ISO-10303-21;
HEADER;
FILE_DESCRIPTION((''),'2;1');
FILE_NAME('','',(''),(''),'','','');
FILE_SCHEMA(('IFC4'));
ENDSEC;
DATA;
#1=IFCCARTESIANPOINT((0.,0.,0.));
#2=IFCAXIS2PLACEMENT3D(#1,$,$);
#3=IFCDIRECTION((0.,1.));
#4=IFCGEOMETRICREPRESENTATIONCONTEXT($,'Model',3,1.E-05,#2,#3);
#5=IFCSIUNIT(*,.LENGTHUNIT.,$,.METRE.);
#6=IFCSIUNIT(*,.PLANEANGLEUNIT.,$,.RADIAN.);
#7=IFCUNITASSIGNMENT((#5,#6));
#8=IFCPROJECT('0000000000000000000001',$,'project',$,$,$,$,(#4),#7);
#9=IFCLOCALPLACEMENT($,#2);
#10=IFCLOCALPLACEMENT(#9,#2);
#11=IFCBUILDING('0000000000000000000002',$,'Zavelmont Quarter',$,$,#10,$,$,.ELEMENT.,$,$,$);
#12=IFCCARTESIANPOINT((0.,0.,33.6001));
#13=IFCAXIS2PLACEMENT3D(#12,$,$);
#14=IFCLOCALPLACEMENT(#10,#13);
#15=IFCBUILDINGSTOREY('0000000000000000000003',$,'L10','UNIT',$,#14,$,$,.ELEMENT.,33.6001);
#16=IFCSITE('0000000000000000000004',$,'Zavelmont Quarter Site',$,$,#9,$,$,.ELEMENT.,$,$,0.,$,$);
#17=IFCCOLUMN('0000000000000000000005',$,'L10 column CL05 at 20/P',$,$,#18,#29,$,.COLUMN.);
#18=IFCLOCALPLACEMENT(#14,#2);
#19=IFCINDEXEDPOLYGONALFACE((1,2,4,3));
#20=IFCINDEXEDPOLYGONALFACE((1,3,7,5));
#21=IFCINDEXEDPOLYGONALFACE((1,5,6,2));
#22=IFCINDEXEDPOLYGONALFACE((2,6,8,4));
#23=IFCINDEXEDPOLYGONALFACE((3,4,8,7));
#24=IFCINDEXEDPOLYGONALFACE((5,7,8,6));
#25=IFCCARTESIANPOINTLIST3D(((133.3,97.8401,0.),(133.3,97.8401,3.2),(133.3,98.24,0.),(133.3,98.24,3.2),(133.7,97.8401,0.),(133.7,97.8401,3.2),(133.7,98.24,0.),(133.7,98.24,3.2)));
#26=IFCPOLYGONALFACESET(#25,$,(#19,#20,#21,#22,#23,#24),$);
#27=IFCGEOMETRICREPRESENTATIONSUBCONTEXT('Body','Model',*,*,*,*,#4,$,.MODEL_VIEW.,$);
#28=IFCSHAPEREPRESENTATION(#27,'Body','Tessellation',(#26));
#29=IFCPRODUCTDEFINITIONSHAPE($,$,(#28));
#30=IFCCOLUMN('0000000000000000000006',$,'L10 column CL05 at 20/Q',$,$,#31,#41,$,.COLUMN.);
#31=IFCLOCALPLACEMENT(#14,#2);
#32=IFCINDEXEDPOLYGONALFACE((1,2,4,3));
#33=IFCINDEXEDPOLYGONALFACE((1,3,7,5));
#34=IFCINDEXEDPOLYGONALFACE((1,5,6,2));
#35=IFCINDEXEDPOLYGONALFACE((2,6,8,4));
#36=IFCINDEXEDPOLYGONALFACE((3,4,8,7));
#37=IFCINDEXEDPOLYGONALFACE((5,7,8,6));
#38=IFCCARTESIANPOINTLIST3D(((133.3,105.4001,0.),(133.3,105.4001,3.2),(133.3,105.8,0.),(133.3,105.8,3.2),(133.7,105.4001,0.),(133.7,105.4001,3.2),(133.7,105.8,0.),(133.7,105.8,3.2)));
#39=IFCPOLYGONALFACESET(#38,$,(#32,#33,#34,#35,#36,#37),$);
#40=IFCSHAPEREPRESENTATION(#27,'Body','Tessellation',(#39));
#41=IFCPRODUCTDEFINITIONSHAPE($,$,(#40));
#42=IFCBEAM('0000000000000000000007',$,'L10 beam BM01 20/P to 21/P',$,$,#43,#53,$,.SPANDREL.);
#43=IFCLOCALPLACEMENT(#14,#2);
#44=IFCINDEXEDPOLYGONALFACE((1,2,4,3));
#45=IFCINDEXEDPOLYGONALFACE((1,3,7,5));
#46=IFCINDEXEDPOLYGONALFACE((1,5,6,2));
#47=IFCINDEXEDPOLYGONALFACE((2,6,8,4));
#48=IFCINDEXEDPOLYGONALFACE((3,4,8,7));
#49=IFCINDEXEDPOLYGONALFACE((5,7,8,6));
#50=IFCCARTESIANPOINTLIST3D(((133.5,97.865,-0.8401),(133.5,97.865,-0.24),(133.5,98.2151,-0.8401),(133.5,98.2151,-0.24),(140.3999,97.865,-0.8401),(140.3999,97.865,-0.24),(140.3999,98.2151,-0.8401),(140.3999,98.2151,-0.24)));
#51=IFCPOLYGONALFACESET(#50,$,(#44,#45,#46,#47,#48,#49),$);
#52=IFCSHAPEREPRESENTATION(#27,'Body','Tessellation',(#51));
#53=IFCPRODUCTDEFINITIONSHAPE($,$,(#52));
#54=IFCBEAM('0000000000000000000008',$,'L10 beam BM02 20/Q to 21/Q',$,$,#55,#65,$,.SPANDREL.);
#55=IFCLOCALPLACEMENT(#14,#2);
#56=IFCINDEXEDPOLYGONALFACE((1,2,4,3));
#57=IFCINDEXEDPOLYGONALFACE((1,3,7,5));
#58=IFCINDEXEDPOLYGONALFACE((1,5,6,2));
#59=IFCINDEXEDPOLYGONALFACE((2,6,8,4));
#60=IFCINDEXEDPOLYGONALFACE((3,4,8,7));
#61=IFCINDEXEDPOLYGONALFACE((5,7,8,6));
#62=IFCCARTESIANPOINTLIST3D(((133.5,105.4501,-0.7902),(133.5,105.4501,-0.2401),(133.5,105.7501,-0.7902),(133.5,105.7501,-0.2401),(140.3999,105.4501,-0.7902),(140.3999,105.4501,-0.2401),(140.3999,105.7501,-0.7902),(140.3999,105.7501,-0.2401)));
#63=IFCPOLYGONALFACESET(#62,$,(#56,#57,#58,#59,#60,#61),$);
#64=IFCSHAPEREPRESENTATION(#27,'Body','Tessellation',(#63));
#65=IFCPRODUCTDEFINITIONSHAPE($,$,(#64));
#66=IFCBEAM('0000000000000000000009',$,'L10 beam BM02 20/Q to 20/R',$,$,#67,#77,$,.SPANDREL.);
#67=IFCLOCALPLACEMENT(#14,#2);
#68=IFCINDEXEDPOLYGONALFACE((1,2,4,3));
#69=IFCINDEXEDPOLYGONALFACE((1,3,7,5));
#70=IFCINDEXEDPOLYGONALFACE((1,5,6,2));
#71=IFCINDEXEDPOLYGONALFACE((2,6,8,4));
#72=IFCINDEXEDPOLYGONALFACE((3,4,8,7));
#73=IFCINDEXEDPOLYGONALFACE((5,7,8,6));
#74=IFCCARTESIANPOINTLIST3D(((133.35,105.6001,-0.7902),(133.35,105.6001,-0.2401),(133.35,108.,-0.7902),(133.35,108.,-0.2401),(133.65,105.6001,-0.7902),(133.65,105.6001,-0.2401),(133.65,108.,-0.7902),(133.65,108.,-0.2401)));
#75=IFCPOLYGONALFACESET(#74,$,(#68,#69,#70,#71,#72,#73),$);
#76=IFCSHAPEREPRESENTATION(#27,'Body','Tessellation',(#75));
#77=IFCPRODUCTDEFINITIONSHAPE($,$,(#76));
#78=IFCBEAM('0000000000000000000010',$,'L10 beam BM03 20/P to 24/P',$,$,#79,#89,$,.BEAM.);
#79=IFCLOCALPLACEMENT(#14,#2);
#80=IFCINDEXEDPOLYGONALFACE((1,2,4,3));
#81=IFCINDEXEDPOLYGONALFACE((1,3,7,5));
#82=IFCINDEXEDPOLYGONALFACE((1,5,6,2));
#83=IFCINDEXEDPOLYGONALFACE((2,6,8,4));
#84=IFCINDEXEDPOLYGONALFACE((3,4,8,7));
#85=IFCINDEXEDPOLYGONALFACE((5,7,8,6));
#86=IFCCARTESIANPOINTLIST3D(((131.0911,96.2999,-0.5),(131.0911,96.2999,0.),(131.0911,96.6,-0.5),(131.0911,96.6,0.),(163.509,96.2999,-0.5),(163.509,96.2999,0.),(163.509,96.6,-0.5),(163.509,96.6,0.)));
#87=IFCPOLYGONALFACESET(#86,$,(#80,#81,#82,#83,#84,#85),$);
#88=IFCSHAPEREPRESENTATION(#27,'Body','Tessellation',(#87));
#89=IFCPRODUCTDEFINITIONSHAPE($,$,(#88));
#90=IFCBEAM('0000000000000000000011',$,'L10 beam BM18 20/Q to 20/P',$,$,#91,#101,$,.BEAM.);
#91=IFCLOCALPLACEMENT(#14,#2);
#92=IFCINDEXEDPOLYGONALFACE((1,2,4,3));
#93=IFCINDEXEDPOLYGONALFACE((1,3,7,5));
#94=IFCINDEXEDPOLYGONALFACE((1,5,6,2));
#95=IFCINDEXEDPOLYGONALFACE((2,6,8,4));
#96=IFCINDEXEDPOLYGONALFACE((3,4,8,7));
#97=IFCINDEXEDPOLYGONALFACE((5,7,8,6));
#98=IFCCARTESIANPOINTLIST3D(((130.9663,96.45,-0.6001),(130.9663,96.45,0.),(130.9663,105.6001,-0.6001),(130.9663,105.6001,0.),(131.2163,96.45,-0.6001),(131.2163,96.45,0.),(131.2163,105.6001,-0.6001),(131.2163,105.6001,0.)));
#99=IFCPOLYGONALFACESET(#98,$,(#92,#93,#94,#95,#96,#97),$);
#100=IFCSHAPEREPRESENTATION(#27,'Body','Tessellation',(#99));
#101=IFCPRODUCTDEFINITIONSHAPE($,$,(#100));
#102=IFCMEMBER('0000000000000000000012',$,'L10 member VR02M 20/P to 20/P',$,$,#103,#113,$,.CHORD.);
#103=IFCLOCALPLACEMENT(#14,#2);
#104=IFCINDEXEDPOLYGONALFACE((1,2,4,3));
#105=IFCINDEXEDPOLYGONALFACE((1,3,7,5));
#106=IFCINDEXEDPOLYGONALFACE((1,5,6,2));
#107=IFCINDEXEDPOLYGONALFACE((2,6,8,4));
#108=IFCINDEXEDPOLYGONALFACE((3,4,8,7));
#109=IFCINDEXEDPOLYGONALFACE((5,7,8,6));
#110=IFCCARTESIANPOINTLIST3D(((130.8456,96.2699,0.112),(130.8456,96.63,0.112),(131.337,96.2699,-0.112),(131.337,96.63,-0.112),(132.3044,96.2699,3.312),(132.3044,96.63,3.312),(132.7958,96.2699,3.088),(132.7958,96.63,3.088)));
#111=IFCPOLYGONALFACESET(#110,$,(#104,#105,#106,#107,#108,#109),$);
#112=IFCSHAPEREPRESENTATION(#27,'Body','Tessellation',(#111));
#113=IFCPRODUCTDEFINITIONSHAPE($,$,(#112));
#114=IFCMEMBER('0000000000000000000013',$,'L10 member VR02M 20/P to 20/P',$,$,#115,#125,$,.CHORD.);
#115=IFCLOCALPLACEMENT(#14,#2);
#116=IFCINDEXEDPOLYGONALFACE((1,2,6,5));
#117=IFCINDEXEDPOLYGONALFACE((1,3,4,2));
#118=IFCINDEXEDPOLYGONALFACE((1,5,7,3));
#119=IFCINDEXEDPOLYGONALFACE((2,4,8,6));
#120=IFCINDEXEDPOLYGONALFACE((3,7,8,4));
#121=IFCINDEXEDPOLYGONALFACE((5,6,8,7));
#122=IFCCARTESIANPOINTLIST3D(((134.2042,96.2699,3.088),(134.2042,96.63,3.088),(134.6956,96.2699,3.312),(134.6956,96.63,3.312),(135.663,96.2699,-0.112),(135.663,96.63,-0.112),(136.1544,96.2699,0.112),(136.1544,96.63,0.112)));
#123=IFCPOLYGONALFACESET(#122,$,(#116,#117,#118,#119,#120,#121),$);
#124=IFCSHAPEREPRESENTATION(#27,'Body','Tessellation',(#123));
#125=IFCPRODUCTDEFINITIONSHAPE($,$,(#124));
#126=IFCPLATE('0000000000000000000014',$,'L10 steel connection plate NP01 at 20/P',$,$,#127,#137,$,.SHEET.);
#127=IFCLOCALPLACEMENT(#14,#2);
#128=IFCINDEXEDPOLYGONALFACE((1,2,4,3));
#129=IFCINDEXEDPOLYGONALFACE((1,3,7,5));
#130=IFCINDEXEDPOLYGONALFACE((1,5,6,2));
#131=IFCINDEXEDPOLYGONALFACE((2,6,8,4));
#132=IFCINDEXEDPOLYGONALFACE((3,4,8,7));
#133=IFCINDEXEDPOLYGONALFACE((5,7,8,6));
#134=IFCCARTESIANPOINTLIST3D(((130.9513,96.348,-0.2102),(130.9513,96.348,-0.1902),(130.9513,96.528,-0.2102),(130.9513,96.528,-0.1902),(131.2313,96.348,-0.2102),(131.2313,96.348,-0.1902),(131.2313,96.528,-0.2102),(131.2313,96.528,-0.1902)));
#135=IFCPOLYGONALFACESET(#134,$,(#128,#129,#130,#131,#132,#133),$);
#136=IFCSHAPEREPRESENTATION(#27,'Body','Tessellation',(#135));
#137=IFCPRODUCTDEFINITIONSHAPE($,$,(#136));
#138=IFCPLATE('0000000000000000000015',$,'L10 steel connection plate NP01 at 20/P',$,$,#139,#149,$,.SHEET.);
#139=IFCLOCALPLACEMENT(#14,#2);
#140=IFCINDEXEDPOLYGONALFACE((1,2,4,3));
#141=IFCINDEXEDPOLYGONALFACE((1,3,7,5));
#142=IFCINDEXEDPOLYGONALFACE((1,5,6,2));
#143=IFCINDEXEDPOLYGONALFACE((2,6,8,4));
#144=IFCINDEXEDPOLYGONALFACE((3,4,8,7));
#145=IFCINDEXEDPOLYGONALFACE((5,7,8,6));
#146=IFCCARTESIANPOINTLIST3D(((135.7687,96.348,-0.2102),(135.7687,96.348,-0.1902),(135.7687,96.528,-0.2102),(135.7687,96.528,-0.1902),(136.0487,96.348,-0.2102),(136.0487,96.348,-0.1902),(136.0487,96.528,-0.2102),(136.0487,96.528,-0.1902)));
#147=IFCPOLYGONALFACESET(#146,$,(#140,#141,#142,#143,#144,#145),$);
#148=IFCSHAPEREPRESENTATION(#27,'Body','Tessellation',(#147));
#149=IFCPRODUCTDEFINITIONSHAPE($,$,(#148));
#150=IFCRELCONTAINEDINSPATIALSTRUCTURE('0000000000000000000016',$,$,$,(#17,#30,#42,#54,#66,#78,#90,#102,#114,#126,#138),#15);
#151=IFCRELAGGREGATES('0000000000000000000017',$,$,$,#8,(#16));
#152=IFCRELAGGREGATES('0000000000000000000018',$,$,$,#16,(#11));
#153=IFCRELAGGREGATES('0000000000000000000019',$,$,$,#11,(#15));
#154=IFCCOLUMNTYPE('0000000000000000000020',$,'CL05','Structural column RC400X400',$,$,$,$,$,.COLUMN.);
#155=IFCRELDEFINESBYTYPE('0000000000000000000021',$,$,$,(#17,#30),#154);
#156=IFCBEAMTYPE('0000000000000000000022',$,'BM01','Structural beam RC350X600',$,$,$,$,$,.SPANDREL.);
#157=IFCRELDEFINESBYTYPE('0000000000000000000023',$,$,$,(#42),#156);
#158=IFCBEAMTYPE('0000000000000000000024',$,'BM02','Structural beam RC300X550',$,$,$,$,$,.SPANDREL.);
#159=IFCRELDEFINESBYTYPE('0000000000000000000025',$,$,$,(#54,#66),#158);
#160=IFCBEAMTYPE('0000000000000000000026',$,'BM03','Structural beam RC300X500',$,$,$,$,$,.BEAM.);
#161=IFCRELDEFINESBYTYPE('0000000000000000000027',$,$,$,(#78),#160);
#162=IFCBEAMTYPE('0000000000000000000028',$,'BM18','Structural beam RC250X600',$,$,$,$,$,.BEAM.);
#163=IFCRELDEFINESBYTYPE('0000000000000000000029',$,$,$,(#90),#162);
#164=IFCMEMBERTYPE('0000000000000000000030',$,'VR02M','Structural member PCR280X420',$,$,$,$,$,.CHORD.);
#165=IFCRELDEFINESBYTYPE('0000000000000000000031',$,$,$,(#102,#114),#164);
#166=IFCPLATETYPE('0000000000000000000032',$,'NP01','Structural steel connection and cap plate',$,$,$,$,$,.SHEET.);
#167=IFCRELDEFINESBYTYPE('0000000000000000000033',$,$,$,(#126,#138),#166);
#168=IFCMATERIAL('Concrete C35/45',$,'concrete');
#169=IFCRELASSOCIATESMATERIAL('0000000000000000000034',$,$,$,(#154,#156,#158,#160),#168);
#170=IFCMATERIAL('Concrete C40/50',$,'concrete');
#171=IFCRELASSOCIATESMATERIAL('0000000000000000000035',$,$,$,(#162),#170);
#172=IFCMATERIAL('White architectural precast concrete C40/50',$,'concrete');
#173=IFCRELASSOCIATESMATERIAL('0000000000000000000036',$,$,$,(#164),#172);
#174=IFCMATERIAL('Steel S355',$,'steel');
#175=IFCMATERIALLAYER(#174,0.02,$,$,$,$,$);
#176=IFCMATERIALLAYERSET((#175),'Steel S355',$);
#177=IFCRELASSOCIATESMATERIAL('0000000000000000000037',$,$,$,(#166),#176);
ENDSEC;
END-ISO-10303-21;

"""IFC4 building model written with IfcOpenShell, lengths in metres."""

from ifc_helpers import new_model, si_unit, direction, frame, origin, origin_2d, place, context, subcontext, project, spatial, rectangle, extrude, material, layer, layer_set, material_profile, profile_set, type_object, element, save


model = new_model("IFC4")

# Units and contexts
model_context = context("Model", 3, precision=1e-05, world=origin(), true_north=direction((0.0, 1.0)))
body_context = subcontext(model_context, "Body", "Model", "MODEL_VIEW")
ifc_project = project(units=[si_unit("LENGTHUNIT", "METRE"), si_unit("PLANEANGLEUNIT", "RADIAN")], contexts=[model_context])

# Site, building, storey
site_placement = place(None, origin())
site = spatial("IfcSite", under=ifc_project, at=site_placement, Name="Zavelmont Quarter Site", CompositionType="ELEMENT", RefElevation=0.0)
building_placement = place(site_placement, origin())
building = spatial("IfcBuilding", under=site, at=building_placement, Name="Zavelmont Quarter", CompositionType="ELEMENT")
storey_placement = place(building_placement, frame((0.0, 0.0, 33.6001)))
storey = spatial("IfcBuildingStorey", under=building, at=storey_placement, Name="L10", Description="UNIT", CompositionType="ELEMENT", Elevation=33.6001)

# Columns
ifc_material_1 = material(Name="Concrete C35/45", Category="concrete")
ifc_material_profile_1 = material_profile(ifc_material_1, rectangle(XDim=0.3999, YDim=0.3999, at=origin_2d()), Name="RC400X400")
ifc_profile_set_1 = profile_set([ifc_material_profile_1], Name="Concrete C35/45")
column_type = type_object("IfcColumnType", Name="CL05", Description="Structural column RC400X400", PredefinedType="COLUMN", material=ifc_profile_set_1)
for number, where, z_axis, x_axis, name in (
    (1, (133.5, 98.04, 0.0), (0.0, 0.0, 1.0), (1.0, 0.0, 0.0), "L10 column CL05 at 20/P"),
    (2, (133.5, 105.6001, 0.0), (0.0, 0.0, 1.0), (1.0, 0.0, 0.0), "L10 column CL05 at 20/Q"),
):
    element("IfcColumn", number, at=place(storey_placement, frame(where, z_axis=z_axis, x_axis=x_axis)), inside=storey, type_object=column_type, Name=name, PredefinedType="COLUMN", context=body_context, shape_type="SweptSolid", body=[
        extrude(rectangle(XDim=0.3999, YDim=0.3999, at=origin_2d()), origin(), (0.0, 0.0, 1.0), 3.2),
    ])

# Beams
ifc_material_profile_2 = material_profile(ifc_material_1, rectangle(XDim=0.3501, YDim=0.6001, at=origin_2d()), Name="RC350X600")
ifc_profile_set_2 = profile_set([ifc_material_profile_2], Name="Concrete C35/45")
beam_type_1 = type_object("IfcBeamType", Name="BM01", Description="Structural beam RC350X600", PredefinedType="SPANDREL", material=ifc_profile_set_2)
beam_1_placement = place(storey_placement, frame((133.5, 98.04, -0.54), z_axis=(1.0, 0.0, 0.0), x_axis=(0.0, 1.0, 0.0)))
element("IfcBeam", 3, at=beam_1_placement, inside=storey, type_object=beam_type_1, Name="L10 beam BM01 20/P to 21/P", PredefinedType="SPANDREL", context=body_context, shape_type="SweptSolid", body=[
    extrude(rectangle(XDim=0.3501, YDim=0.6001, at=origin_2d()), origin(), (0.0, 0.0, 1.0), 6.8999),
])
ifc_material_profile_3 = material_profile(ifc_material_1, rectangle(XDim=0.3, YDim=0.55, at=origin_2d()), Name="RC300X550")
ifc_profile_set_3 = profile_set([ifc_material_profile_3], Name="Concrete C35/45")
beam_type_2 = type_object("IfcBeamType", Name="BM02", Description="Structural beam RC300X550", PredefinedType="SPANDREL", material=ifc_profile_set_3)
beam_2_placement = place(storey_placement, frame((133.5, 105.6001, -0.5151), z_axis=(1.0, 0.0, 0.0), x_axis=(0.0, 1.0, 0.0)))
element("IfcBeam", 4, at=beam_2_placement, inside=storey, type_object=beam_type_2, Name="L10 beam BM02 20/Q to 21/Q", PredefinedType="SPANDREL", context=body_context, shape_type="SweptSolid", body=[
    extrude(rectangle(XDim=0.3, YDim=0.55, at=origin_2d()), origin(), (0.0, 0.0, 1.0), 6.8999),
])
beam_3_placement = place(storey_placement, frame((133.5, 105.6001, -0.5151), z_axis=(0.0, 1.0, 0.0), x_axis=(-1.0, 0.0, 0.0)))
element("IfcBeam", 5, at=beam_3_placement, inside=storey, type_object=beam_type_2, Name="L10 beam BM02 20/Q to 20/R", PredefinedType="SPANDREL", context=body_context, shape_type="SweptSolid", body=[
    extrude(rectangle(XDim=0.3, YDim=0.55, at=origin_2d()), origin(), (0.0, 0.0, 1.0), 2.3999),
])
ifc_material_profile_4 = material_profile(ifc_material_1, rectangle(XDim=0.3, YDim=0.5, at=origin_2d()), Name="RC300X500")
ifc_profile_set_4 = profile_set([ifc_material_profile_4], Name="Concrete C35/45")
beam_type_3 = type_object("IfcBeamType", Name="BM03", Description="Structural beam RC300X500", PredefinedType="BEAM", material=ifc_profile_set_4)
beam_4_placement = place(storey_placement, frame((131.0911, 96.45, -0.25), z_axis=(1.0, 0.0, 0.0), x_axis=(0.0, 1.0, 0.0)))
element("IfcBeam", 6, at=beam_4_placement, inside=storey, type_object=beam_type_3, Name="L10 beam BM03 20/P to 24/P", PredefinedType="BEAM", context=body_context, shape_type="SweptSolid", body=[
    extrude(rectangle(XDim=0.3, YDim=0.5, at=origin_2d()), origin(), (0.0, 0.0, 1.0), 32.418),
])
ifc_material_2 = material(Name="Concrete C40/50", Category="concrete")
ifc_material_profile_5 = material_profile(ifc_material_2, rectangle(XDim=0.25, YDim=0.6001, at=origin_2d()), Name="RC250X600")
ifc_profile_set_5 = profile_set([ifc_material_profile_5], Name="Concrete C40/50")
beam_type_4 = type_object("IfcBeamType", Name="BM18", Description="Structural beam RC250X600", PredefinedType="BEAM", material=ifc_profile_set_5)
beam_5_placement = place(storey_placement, frame((131.0913, 105.6001, -0.3), z_axis=(0.0, -1.0, 0.0), x_axis=(1.0, 0.0, 0.0)))
element("IfcBeam", 7, at=beam_5_placement, inside=storey, type_object=beam_type_4, Name="L10 beam BM18 20/Q to 20/P", PredefinedType="BEAM", context=body_context, shape_type="SweptSolid", body=[
    extrude(rectangle(XDim=0.25, YDim=0.6001, at=origin_2d()), origin(), (0.0, 0.0, 1.0), 9.1501),
])

# Members
ifc_material_3 = material(Name="White architectural precast concrete C40/50", Category="concrete")
ifc_material_profile_6 = material_profile(ifc_material_3, rectangle(XDim=0.3601, YDim=0.54, at=origin_2d()), Name="PCR280X420")
ifc_profile_set_6 = profile_set([ifc_material_profile_6], Name="White architectural precast concrete C40/50")
member_type = type_object("IfcMemberType", Name="VR02M", Description="Structural member PCR280X420", PredefinedType="CHORD", material=ifc_profile_set_6)
for number, where, z_axis, x_axis, name in (
    (8, (131.0913, 96.45, 0.0), (0.414796, 0.0, 0.909914), (0.0, 1.0, 0.0), "L10 member VR02M 20/P to 20/P"),
    (9, (135.9087, 96.45, 0.0), (-0.414796, 0.0, 0.909914), (0.0, -1.0, 0.0), "L10 member VR02M 20/P to 20/P"),
):
    element("IfcMember", number, at=place(storey_placement, frame(where, z_axis=z_axis, x_axis=x_axis)), inside=storey, type_object=member_type, Name=name, PredefinedType="CHORD", context=body_context, shape_type="SweptSolid", body=[
        extrude(rectangle(XDim=0.3601, YDim=0.54, at=origin_2d()), origin(), (0.0, 0.0, 1.0), 3.5168),
    ])

# Plates
ifc_material_4 = material(Name="Steel S355", Category="steel")
ifc_layer_1 = layer(ifc_material_4, 0.02)
ifc_layer_set_1 = layer_set([ifc_layer_1], Name="Steel S355")
plate_type = type_object("IfcPlateType", Name="NP01", Description="Structural steel connection and cap plate", PredefinedType="SHEET", material=ifc_layer_set_1)
for number, where, z_axis, x_axis, name in (
    (10, (131.0913, 96.438, -0.2102), (0.0, 0.0, 1.0), (1.0, 0.0, 0.0), "L10 steel connection plate NP01 at 20/P"),
    (11, (135.9087, 96.438, -0.2102), (0.0, 0.0, 1.0), (1.0, 0.0, 0.0), "L10 steel connection plate NP01 at 20/P"),
):
    element("IfcPlate", number, at=place(storey_placement, frame(where, z_axis=z_axis, x_axis=x_axis)), inside=storey, type_object=plate_type, Name=name, PredefinedType="SHEET", context=body_context, shape_type="SweptSolid", body=[
        extrude(rectangle(XDim=0.28, YDim=0.1799, at=origin_2d()), origin(), (0.0, 0.0, 1.0), 0.02),
    ])

save(model, "model.ifc")
